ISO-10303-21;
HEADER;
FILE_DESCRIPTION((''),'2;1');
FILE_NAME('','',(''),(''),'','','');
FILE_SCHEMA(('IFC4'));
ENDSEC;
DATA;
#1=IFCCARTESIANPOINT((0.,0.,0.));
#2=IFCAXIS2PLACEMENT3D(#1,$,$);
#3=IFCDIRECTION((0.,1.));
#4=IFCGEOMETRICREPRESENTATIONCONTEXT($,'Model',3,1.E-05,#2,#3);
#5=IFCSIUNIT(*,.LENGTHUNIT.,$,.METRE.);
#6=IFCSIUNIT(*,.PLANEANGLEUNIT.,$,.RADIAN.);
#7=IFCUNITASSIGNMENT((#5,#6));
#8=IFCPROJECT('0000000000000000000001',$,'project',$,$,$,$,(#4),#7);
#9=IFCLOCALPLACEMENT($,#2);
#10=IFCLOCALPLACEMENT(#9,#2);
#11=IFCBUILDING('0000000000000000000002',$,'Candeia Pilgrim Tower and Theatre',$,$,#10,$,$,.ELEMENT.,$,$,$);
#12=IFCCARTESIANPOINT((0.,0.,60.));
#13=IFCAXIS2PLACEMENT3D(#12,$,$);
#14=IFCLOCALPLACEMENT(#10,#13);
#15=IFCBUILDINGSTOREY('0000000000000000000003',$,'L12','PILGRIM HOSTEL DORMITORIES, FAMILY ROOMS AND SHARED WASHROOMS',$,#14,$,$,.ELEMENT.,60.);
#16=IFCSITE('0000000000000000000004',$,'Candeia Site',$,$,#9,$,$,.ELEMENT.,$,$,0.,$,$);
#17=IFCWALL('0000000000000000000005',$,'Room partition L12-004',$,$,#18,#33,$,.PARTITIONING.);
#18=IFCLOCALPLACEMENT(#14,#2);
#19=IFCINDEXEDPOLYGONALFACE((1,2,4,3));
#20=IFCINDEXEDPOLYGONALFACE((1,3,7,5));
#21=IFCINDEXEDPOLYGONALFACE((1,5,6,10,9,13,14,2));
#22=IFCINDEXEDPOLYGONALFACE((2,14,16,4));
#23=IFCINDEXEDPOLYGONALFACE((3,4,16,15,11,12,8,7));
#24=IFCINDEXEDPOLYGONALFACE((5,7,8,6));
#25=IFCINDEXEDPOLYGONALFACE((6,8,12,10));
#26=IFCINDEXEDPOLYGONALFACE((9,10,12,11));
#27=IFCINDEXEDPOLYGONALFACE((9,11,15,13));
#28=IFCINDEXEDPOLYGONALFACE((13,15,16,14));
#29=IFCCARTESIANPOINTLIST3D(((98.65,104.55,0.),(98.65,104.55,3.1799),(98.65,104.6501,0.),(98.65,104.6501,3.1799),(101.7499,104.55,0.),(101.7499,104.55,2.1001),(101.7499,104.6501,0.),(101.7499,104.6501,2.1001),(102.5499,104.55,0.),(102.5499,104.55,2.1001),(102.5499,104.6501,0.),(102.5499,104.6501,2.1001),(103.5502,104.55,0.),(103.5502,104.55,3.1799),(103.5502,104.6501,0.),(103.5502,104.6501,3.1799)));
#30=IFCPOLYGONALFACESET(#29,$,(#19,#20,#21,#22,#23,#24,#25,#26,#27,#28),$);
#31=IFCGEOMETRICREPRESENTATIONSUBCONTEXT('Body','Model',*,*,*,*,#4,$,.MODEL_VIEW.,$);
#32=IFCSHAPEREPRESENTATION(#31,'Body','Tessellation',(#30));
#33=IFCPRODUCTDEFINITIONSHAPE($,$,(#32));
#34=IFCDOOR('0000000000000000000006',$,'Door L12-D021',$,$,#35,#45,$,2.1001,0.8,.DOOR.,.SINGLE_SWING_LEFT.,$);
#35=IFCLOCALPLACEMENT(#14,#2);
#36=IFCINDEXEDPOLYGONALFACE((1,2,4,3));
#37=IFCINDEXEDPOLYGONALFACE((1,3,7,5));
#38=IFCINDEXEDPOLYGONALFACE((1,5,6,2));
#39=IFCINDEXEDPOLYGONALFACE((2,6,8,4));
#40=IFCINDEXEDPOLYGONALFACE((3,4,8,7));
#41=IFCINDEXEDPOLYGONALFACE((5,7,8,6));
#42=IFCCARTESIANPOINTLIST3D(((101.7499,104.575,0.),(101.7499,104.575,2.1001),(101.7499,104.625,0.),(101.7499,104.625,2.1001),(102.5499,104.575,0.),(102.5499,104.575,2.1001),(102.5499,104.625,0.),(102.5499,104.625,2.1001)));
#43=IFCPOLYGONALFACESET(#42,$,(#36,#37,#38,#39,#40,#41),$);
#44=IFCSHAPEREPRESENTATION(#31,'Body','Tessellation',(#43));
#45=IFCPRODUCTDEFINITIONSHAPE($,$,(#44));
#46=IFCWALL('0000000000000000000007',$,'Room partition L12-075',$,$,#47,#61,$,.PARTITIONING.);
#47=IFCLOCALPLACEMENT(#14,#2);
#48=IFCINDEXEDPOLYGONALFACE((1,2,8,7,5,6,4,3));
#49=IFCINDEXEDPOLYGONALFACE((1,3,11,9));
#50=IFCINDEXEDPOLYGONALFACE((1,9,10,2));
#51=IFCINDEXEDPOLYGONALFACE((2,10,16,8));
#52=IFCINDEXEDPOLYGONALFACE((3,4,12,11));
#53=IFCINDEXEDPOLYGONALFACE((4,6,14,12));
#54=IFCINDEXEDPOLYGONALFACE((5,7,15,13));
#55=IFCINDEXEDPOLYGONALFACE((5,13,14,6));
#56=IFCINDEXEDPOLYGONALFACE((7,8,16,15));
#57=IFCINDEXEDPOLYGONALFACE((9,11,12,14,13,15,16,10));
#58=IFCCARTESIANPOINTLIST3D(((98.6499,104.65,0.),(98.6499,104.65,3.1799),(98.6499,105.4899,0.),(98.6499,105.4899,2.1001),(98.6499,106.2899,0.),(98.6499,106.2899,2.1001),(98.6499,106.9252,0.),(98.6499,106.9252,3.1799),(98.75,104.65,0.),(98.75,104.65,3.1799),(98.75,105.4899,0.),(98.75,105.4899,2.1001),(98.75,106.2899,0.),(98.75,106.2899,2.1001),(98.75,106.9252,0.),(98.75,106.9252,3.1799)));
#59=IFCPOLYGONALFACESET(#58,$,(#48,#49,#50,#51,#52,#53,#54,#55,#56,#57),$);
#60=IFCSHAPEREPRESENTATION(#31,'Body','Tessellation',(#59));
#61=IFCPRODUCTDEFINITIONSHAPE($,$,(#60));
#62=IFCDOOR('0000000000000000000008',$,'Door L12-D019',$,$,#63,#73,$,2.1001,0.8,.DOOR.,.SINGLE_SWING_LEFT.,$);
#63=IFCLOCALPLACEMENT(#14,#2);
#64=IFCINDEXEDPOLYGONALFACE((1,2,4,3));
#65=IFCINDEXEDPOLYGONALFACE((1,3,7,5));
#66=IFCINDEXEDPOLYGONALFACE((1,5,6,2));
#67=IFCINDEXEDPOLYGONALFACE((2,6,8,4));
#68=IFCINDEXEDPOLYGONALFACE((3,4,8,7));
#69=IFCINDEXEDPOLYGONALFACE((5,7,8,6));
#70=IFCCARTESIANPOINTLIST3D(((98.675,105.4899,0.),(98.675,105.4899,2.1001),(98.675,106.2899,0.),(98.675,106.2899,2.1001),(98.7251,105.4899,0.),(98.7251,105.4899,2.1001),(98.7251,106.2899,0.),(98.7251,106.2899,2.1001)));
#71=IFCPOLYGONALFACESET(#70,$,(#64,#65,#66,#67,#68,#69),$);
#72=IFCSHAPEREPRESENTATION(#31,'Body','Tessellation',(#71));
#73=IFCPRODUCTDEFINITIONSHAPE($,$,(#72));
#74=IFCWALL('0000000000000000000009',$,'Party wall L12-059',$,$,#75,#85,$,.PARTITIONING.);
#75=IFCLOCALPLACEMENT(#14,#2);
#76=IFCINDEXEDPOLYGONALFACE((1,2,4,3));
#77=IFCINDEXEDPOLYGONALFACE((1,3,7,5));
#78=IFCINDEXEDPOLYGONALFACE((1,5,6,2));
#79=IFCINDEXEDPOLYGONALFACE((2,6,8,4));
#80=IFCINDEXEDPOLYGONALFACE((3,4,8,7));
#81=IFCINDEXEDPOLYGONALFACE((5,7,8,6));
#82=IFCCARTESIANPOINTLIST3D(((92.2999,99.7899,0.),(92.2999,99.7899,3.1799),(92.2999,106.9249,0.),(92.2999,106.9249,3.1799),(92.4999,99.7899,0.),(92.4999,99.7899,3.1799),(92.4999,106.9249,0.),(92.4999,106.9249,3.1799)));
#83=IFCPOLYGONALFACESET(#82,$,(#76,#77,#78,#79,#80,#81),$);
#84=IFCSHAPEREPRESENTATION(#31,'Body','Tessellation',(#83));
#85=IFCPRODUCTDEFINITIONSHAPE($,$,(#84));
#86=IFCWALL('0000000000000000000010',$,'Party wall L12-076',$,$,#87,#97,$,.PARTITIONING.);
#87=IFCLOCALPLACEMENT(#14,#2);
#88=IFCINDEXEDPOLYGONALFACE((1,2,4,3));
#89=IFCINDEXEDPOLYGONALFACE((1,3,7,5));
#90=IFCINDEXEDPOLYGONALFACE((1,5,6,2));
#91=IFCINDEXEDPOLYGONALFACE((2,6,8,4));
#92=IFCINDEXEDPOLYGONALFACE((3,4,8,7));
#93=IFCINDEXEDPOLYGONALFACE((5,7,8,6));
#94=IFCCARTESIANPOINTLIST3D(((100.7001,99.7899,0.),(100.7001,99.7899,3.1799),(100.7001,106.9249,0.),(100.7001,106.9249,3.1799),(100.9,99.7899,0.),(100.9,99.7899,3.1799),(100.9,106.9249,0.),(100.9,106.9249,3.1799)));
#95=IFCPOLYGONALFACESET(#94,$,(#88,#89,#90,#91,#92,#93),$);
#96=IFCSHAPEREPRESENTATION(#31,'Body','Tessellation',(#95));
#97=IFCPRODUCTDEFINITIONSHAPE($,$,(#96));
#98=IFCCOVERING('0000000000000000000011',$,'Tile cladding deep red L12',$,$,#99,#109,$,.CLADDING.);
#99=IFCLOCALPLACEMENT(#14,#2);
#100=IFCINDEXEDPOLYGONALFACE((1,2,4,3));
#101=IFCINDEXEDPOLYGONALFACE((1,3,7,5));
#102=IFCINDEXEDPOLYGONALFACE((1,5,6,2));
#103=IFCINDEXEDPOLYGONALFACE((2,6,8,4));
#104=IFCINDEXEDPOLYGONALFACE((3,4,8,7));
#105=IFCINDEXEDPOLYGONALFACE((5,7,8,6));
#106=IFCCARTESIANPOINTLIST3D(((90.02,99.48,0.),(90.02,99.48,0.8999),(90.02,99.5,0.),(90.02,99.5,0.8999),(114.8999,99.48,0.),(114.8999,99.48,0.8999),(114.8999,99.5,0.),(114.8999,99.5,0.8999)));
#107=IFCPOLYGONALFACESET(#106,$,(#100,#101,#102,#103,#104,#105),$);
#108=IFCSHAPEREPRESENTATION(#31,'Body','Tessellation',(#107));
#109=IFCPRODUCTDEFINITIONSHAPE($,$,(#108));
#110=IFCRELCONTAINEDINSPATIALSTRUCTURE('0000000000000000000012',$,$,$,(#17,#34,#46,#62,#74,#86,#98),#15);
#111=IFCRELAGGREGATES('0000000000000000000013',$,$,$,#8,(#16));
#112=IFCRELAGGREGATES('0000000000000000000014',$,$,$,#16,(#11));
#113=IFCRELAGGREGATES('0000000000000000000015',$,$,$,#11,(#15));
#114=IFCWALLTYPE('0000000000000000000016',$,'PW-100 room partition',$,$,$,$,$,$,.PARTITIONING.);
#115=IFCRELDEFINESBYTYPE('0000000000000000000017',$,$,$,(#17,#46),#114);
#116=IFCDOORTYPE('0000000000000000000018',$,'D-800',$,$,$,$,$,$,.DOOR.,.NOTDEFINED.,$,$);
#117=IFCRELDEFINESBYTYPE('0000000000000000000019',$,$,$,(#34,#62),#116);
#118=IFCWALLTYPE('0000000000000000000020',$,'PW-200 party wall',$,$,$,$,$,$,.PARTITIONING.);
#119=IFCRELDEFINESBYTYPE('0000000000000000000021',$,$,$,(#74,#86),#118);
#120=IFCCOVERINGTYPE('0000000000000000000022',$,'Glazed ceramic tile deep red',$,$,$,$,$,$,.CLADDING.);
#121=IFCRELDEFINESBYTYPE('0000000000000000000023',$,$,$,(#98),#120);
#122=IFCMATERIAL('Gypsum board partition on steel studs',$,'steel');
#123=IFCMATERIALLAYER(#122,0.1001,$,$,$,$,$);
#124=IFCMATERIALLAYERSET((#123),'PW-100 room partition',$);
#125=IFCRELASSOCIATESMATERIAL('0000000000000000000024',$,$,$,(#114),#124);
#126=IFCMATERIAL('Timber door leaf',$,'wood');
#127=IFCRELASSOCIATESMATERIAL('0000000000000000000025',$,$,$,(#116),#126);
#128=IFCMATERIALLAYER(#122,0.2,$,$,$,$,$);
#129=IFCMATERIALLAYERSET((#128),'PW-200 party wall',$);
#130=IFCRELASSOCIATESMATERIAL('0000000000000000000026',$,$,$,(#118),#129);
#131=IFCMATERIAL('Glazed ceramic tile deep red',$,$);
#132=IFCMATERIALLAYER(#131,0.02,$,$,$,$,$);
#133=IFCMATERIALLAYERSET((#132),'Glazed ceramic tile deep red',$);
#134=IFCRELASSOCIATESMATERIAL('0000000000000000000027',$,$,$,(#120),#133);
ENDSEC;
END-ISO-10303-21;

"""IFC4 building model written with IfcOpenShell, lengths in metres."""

from ifc_helpers import new_model, si_unit, direction, frame, frame_2d, origin, origin_2d, place, context, subcontext, project, spatial, rectangle, extrude, material, layer, layer_set, type_object, element, fill, save


model = new_model("IFC4")

# Units and contexts
model_context = context("Model", 3, precision=1e-05, world=origin(), true_north=direction((0.0, 1.0)))
body_context = subcontext(model_context, "Body", "Model", "MODEL_VIEW")
ifc_project = project(units=[si_unit("LENGTHUNIT", "METRE"), si_unit("PLANEANGLEUNIT", "RADIAN")], contexts=[model_context])

# Site, building, storey
site_placement = place(None, origin())
site = spatial("IfcSite", under=ifc_project, at=site_placement, Name="Candeia Site", CompositionType="ELEMENT", RefElevation=0.0)
building_placement = place(site_placement, origin())
building = spatial("IfcBuilding", under=site, at=building_placement, Name="Candeia Pilgrim Tower and Theatre", CompositionType="ELEMENT")
storey_placement = place(building_placement, frame((0.0, 0.0, 60.0)))
storey = spatial("IfcBuildingStorey", under=building, at=storey_placement, Name="L12", Description="PILGRIM HOSTEL DORMITORIES, FAMILY ROOMS AND SHARED WASHROOMS", CompositionType="ELEMENT", Elevation=60.0)

# Walls, openings, doors
ifc_material_1 = material(Name="Gypsum board partition on steel studs", Category="steel")
ifc_layer_1 = layer(ifc_material_1, 0.1001)
ifc_layer_set_1 = layer_set([ifc_layer_1], Name="PW-100 room partition")
wall_type_1 = type_object("IfcWallType", Name="PW-100 room partition", PredefinedType="PARTITIONING", material=ifc_layer_set_1)
wall_1_placement = place(storey_placement, frame((98.6499, 104.6001, 0.0), z_axis=(0.0, 0.0, 1.0), x_axis=(1.0, 0.0, 0.0)))
wall_1 = element("IfcWall", 1, at=wall_1_placement, inside=storey, type_object=wall_type_1, Name="Room partition L12-004", PredefinedType="PARTITIONING", context=body_context, shape_type="SweptSolid", body=[
    extrude(rectangle(XDim=4.9001, YDim=0.1001, at=frame_2d((2.4502, 0.0))), origin(), (0.0, 0.0, 1.0), 3.1799),
])
opening_1_placement = place(wall_1_placement, frame((3.1001, 0.0, 0.0)))
opening_1 = element("IfcOpeningElement", 2, at=opening_1_placement, cuts=wall_1, PredefinedType="OPENING", context=body_context, shape_type="SweptSolid", body=[
    extrude(rectangle(XDim=0.8, YDim=2.1001, at=frame_2d((0.3999, 1.05))), frame((0.0, 0.0601, 0.0), z_axis=(0.0, -1.0, 0.0), x_axis=(1.0, 0.0, 0.0)), (0.0, 0.0, 1.0), 0.1201),
])
ifc_material_2 = material(Name="Timber door leaf", Category="wood")
door_type = type_object("IfcDoorType", Name="D-800", OperationType="NOTDEFINED", PredefinedType="DOOR", material=ifc_material_2)
door_1_placement = place(opening_1_placement, origin())
door_1 = element("IfcDoor", 3, at=door_1_placement, inside=storey, type_object=door_type, Name="Door L12-D021", OperationType="SINGLE_SWING_LEFT", OverallHeight=2.1001, OverallWidth=0.8, PredefinedType="DOOR", context=body_context, shape_type="SweptSolid", body=[
    extrude(rectangle(XDim=0.8, YDim=2.1001, at=frame_2d((0.3999, 1.05))), frame((0.0, 0.0249, 0.0), z_axis=(0.0, -1.0, 0.0), x_axis=(1.0, 0.0, 0.0)), (0.0, 0.0, 1.0), 0.05),
])
fill(opening_1, door_1)
wall_2_placement = place(storey_placement, frame((98.7, 104.6499, 0.0), z_axis=(0.0, 0.0, 1.0), x_axis=(0.0, 1.0, 0.0)))
wall_2 = element("IfcWall", 4, at=wall_2_placement, inside=storey, type_object=wall_type_1, Name="Room partition L12-075", PredefinedType="PARTITIONING", context=body_context, shape_type="SweptSolid", body=[
    extrude(rectangle(XDim=2.2751, YDim=0.1001, at=frame_2d((1.1377, 0.0))), origin(), (0.0, 0.0, 1.0), 3.1799),
])
opening_2_placement = place(wall_2_placement, frame((0.8401, 0.0, 0.0)))
opening_2 = element("IfcOpeningElement", 5, at=opening_2_placement, cuts=wall_2, PredefinedType="OPENING", context=body_context, shape_type="SweptSolid", body=[
    extrude(rectangle(XDim=0.8, YDim=2.1001, at=frame_2d((0.3999, 1.05))), frame((0.0, 0.0601, 0.0), z_axis=(0.0, -1.0, 0.0), x_axis=(1.0, 0.0, 0.0)), (0.0, 0.0, 1.0), 0.1201),
])
door_2_placement = place(opening_2_placement, origin())
door_2 = element("IfcDoor", 6, at=door_2_placement, inside=storey, type_object=door_type, Name="Door L12-D019", OperationType="SINGLE_SWING_LEFT", OverallHeight=2.1001, OverallWidth=0.8, PredefinedType="DOOR", context=body_context, shape_type="SweptSolid", body=[
    extrude(rectangle(XDim=0.8, YDim=2.1001, at=frame_2d((0.3999, 1.05))), frame((0.0, 0.0249, 0.0), z_axis=(0.0, -1.0, 0.0), x_axis=(1.0, 0.0, 0.0)), (0.0, 0.0, 1.0), 0.05),
])
fill(opening_2, door_2)

# Walls
ifc_layer_2 = layer(ifc_material_1, 0.2)
ifc_layer_set_2 = layer_set([ifc_layer_2], Name="PW-200 party wall")
wall_type_2 = type_object("IfcWallType", Name="PW-200 party wall", PredefinedType="PARTITIONING", material=ifc_layer_set_2)
for number, where, z_axis, x_axis, name in (
    (7, (92.3999, 99.79, 0.0), (0.0, 0.0, 1.0), (0.0, 1.0, 0.0), "Party wall L12-059"),
    (8, (100.8, 99.79, 0.0), (0.0, 0.0, 1.0), (0.0, 1.0, 0.0), "Party wall L12-076"),
):
    element("IfcWall", number, at=place(storey_placement, frame(where, z_axis=z_axis, x_axis=x_axis)), inside=storey, type_object=wall_type_2, Name=name, PredefinedType="PARTITIONING", context=body_context, shape_type="SweptSolid", body=[
        extrude(rectangle(XDim=7.135, YDim=0.2, at=frame_2d((3.5674, 0.0))), origin(), (0.0, 0.0, 1.0), 3.1799),
    ])

# Covering
ifc_material_3 = material(Name="Glazed ceramic tile deep red")
ifc_layer_3 = layer(ifc_material_3, 0.02)
ifc_layer_set_3 = layer_set([ifc_layer_3], Name="Glazed ceramic tile deep red")
covering_type = type_object("IfcCoveringType", Name="Glazed ceramic tile deep red", PredefinedType="CLADDING", material=ifc_layer_set_3)
covering_placement = place(storey_placement, frame((102.46, 99.49, 0.0), z_axis=(0.0, 0.0, 1.0), x_axis=(1.0, 0.0, 0.0)))
element("IfcCovering", 9, at=covering_placement, inside=storey, type_object=covering_type, Name="Tile cladding deep red L12", PredefinedType="CLADDING", context=body_context, shape_type="SweptSolid", body=[
    extrude(rectangle(XDim=24.8799, YDim=0.02, at=origin_2d()), origin(), (0.0, 0.0, 1.0), 0.8999),
])

save(model, "model.ifc")
